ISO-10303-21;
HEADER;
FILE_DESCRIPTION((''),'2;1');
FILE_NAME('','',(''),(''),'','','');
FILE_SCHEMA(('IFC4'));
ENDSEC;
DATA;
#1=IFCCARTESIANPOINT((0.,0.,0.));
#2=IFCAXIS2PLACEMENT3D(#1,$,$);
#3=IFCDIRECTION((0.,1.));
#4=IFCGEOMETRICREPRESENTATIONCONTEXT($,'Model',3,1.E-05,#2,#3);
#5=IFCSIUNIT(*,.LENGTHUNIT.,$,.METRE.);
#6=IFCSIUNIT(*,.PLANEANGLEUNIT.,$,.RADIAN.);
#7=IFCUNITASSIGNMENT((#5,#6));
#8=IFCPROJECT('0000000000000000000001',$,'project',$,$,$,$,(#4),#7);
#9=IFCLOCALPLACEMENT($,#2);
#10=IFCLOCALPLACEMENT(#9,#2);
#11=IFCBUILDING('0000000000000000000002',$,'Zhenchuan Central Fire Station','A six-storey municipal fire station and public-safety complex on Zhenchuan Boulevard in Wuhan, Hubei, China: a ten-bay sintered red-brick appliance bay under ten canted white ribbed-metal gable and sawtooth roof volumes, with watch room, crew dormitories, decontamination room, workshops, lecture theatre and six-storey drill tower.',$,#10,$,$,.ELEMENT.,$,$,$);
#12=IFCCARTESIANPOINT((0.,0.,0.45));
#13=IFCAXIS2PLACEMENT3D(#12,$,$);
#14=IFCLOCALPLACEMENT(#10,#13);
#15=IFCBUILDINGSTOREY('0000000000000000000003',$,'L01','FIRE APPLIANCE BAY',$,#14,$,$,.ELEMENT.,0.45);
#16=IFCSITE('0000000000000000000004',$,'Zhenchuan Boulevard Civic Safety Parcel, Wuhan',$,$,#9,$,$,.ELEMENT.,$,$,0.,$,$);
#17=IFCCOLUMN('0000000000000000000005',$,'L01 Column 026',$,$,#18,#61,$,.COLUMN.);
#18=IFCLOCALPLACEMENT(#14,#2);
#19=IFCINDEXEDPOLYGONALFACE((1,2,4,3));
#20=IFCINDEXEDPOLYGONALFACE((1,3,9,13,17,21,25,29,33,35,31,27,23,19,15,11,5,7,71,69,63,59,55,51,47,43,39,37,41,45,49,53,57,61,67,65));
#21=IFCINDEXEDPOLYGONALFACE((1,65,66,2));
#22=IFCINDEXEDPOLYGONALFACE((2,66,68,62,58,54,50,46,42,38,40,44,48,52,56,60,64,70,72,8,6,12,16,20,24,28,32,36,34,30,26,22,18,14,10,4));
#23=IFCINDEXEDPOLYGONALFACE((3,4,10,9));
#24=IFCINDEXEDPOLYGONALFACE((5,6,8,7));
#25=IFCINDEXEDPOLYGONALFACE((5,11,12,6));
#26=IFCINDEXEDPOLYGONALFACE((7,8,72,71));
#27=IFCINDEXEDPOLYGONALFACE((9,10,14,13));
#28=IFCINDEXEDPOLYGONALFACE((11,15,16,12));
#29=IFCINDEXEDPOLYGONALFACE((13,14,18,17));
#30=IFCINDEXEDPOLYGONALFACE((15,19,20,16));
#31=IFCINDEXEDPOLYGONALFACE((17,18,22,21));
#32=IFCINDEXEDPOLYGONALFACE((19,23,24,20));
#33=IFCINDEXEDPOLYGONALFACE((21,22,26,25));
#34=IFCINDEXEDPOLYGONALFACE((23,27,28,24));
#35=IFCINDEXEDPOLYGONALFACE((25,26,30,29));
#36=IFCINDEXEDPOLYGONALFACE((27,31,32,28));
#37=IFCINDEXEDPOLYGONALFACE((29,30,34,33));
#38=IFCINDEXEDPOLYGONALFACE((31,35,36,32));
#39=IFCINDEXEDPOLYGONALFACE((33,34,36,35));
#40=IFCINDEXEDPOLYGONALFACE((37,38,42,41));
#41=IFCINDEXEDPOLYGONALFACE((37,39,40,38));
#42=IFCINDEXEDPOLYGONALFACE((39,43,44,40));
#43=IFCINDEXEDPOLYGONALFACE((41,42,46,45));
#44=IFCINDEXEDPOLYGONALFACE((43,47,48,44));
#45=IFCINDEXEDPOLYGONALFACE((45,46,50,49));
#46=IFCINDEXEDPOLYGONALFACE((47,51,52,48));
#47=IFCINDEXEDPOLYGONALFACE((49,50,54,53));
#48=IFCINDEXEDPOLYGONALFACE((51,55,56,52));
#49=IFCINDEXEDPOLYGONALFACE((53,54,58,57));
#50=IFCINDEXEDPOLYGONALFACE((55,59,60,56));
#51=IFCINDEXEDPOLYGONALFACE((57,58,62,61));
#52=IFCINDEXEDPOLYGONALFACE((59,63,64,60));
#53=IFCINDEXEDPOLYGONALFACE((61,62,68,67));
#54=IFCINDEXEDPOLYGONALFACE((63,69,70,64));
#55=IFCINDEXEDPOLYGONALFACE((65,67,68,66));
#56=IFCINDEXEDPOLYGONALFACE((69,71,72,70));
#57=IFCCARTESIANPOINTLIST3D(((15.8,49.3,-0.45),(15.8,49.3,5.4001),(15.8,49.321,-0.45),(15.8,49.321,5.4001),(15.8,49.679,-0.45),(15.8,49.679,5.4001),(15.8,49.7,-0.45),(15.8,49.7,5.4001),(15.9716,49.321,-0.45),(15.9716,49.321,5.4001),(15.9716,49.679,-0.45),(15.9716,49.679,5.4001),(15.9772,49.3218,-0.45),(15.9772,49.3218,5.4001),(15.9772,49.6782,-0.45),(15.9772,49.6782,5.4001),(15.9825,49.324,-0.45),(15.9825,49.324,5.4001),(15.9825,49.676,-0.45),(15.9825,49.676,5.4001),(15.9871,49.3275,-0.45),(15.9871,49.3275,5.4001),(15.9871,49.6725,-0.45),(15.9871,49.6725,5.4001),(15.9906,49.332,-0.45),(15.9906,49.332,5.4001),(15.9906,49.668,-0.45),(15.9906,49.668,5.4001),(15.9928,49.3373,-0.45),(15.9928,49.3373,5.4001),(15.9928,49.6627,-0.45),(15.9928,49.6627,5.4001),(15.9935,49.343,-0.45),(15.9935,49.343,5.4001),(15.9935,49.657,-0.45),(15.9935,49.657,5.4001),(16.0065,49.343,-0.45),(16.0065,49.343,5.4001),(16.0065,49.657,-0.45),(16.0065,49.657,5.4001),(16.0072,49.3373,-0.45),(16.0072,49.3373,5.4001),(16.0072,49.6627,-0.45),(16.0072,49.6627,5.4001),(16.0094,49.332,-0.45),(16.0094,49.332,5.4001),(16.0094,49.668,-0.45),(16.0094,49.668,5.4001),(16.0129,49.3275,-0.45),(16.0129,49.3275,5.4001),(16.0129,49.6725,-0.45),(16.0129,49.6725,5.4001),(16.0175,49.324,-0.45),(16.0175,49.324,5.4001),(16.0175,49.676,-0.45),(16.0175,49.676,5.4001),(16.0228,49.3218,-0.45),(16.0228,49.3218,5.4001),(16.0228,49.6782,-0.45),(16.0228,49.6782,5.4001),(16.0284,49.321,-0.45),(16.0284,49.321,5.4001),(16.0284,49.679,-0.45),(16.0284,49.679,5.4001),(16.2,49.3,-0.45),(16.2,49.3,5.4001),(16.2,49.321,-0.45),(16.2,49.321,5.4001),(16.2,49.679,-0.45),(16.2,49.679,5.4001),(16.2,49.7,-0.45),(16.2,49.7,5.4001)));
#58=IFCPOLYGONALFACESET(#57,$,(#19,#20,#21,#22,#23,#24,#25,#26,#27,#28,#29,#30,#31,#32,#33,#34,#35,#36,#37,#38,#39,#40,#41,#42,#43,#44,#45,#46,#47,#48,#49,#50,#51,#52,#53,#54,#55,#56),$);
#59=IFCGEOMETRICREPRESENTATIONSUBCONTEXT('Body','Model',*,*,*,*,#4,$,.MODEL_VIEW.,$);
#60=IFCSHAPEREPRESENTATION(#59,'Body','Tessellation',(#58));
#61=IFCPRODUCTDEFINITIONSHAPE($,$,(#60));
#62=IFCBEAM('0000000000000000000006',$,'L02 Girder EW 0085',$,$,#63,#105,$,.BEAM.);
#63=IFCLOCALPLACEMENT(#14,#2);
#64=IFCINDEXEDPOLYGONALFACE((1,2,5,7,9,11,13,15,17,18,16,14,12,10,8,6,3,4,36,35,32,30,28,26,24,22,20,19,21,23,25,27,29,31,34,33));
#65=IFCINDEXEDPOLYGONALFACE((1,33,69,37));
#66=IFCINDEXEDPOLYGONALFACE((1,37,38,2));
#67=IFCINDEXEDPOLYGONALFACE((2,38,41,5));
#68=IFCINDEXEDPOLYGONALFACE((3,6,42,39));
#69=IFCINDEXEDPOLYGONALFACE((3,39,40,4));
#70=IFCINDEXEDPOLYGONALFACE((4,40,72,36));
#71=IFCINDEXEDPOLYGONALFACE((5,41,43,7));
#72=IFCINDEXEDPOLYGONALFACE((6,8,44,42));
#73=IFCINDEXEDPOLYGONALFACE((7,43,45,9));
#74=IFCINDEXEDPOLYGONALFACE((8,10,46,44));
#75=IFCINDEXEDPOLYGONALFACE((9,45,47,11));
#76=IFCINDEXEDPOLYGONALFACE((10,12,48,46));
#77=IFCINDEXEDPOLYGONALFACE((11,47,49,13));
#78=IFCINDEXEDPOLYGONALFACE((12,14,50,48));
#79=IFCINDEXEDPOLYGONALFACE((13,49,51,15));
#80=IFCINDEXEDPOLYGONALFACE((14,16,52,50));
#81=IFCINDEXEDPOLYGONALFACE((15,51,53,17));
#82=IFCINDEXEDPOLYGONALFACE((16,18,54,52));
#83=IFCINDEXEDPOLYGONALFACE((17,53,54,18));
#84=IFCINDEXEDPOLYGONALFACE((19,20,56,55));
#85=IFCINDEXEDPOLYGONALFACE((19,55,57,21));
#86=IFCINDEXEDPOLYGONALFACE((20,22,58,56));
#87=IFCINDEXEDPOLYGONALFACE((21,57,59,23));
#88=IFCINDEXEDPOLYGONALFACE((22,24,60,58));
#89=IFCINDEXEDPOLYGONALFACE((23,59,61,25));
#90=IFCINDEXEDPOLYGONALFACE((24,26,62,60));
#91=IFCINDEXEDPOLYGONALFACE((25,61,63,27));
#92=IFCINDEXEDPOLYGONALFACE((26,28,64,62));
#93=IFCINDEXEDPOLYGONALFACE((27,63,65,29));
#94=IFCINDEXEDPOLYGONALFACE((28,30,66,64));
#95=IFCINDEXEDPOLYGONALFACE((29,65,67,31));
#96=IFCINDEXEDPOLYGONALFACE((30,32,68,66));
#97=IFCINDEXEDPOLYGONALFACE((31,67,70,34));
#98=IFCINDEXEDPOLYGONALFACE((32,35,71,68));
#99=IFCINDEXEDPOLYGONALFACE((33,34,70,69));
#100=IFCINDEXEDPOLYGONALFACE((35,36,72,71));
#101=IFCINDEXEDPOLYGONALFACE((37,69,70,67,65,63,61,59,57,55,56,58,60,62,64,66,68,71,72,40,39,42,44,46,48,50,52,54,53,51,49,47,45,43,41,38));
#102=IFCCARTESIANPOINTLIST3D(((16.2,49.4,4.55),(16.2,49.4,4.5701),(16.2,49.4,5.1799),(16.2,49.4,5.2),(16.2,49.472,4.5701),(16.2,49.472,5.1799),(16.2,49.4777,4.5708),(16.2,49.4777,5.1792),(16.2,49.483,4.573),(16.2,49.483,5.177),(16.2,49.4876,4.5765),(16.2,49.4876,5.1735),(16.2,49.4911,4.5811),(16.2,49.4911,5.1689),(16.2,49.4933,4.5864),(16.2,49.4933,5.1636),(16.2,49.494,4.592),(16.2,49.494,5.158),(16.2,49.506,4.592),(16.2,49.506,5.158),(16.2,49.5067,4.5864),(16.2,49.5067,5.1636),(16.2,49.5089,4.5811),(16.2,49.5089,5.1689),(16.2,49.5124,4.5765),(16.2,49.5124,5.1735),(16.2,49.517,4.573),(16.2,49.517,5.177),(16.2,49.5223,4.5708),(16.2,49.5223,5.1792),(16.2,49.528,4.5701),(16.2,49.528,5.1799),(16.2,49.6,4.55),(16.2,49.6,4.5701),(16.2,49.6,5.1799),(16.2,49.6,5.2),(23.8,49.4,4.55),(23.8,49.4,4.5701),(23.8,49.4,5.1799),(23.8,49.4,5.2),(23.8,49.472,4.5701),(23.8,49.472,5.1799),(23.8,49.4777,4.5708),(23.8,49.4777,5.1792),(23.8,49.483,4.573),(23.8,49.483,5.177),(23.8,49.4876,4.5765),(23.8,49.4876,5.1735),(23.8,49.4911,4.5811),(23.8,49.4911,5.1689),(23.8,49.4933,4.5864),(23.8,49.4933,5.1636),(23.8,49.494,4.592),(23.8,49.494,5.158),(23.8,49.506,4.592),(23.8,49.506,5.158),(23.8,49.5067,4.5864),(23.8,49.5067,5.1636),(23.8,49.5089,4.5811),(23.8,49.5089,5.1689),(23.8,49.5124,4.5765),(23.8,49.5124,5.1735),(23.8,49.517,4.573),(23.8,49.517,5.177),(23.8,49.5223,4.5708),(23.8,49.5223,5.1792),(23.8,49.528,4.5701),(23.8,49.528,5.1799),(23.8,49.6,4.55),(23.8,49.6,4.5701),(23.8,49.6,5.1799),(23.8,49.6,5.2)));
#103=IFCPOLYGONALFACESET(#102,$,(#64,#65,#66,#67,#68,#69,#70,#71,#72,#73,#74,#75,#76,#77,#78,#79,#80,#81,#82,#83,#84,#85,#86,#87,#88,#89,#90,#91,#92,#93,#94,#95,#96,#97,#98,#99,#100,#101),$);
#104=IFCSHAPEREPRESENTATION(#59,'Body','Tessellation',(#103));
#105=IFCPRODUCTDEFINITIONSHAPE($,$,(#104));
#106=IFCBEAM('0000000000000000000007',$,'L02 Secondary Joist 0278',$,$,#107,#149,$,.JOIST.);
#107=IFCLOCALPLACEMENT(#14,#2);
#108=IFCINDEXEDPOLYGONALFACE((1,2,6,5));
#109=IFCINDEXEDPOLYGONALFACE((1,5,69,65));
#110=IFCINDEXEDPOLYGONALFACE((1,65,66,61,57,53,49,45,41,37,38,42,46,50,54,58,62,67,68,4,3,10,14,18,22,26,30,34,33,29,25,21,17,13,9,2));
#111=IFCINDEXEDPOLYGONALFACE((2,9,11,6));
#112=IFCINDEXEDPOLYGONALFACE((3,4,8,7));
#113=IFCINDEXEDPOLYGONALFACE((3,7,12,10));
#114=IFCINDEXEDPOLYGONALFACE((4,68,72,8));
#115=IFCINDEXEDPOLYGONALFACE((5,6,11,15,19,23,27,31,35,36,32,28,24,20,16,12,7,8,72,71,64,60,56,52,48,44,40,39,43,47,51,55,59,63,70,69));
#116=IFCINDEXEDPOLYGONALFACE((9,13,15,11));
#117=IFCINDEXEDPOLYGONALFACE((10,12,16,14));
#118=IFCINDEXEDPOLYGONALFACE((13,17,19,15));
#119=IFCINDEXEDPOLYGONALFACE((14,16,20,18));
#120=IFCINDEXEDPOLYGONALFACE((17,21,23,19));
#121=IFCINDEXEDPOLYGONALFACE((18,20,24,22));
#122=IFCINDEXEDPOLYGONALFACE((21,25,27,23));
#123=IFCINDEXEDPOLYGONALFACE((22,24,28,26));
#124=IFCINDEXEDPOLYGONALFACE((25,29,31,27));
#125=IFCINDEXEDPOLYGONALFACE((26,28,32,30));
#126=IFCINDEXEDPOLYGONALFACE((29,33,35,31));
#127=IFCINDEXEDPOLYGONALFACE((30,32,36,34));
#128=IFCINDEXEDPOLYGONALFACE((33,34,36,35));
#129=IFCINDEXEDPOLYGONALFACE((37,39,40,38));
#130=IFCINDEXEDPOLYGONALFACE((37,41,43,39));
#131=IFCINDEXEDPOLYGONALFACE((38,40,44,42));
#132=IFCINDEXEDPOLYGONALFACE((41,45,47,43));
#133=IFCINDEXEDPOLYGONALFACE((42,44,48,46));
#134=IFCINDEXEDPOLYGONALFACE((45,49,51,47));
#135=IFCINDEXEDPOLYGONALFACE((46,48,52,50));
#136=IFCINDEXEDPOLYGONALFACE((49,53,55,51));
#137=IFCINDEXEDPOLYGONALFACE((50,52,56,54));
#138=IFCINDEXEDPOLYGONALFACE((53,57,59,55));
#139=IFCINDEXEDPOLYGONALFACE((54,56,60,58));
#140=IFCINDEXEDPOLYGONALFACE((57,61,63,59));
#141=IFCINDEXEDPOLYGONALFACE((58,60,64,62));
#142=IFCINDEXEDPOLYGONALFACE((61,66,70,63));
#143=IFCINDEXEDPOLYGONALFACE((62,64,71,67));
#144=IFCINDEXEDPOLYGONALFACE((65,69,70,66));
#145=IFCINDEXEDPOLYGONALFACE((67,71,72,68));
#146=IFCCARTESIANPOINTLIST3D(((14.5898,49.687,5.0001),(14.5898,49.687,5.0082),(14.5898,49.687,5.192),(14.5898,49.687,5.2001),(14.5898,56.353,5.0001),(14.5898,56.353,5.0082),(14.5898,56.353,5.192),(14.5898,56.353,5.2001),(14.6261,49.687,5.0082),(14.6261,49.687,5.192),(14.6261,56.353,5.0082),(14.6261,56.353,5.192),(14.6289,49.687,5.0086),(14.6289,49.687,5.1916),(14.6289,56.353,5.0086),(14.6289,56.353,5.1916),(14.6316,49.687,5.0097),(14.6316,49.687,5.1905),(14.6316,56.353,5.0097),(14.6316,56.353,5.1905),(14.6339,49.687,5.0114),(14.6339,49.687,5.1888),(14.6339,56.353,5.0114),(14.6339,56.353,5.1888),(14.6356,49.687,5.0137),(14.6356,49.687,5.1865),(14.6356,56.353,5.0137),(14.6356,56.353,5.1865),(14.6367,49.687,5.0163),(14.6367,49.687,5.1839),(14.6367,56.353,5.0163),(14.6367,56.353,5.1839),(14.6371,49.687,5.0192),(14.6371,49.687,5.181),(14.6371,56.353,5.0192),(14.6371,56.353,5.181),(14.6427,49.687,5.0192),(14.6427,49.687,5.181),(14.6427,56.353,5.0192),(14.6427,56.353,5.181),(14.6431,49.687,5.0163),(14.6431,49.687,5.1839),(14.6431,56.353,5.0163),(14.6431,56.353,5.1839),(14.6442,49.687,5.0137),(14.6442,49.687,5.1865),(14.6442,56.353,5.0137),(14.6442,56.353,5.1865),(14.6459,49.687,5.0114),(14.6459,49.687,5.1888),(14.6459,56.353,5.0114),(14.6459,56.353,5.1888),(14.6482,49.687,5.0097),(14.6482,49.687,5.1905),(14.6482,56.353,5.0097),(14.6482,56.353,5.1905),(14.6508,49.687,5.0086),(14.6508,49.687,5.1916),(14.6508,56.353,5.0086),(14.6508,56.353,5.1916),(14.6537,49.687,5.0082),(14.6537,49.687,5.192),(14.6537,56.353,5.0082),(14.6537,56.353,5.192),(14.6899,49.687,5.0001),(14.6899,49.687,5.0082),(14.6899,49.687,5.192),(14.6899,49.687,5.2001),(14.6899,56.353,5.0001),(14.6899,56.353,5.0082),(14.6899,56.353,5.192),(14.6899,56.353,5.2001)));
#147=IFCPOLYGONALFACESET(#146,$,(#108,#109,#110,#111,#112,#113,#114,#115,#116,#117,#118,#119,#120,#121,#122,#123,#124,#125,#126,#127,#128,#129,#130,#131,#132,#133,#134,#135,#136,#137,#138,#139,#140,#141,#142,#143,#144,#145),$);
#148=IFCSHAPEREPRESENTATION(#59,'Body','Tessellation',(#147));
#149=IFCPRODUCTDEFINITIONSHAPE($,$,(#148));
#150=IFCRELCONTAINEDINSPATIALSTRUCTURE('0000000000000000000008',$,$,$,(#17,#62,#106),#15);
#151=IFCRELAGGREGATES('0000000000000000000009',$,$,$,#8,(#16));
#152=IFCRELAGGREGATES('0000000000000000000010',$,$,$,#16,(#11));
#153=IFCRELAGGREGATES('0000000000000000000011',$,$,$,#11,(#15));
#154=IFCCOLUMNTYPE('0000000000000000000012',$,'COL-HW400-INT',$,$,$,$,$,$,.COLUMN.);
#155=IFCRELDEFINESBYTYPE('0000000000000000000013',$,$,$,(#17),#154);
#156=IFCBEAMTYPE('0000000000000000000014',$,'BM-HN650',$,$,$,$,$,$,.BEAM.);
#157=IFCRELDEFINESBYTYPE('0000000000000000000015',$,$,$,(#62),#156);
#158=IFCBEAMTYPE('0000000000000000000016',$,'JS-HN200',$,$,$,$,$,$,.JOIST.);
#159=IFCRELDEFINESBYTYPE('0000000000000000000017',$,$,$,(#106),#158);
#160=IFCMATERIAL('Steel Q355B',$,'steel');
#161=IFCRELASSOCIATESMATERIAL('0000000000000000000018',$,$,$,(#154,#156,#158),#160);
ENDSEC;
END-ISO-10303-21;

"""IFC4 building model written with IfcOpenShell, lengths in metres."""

from ifc_helpers import new_model, si_unit, direction, frame, origin, origin_2d, place, context, subcontext, project, spatial, i_section, extrude, material, material_profile, profile_set, type_object, element, save


model = new_model("IFC4")

# Units and contexts
model_context = context("Model", 3, precision=1e-05, world=origin(), true_north=direction((0.0, 1.0)))
body_context = subcontext(model_context, "Body", "Model", "MODEL_VIEW")
ifc_project = project(units=[si_unit("LENGTHUNIT", "METRE"), si_unit("PLANEANGLEUNIT", "RADIAN")], contexts=[model_context])

# Site, building, storey
site_placement = place(None, origin())
site = spatial("IfcSite", under=ifc_project, at=site_placement, Name="Zhenchuan Boulevard Civic Safety Parcel, Wuhan", CompositionType="ELEMENT", RefElevation=0.0)
building_placement = place(site_placement, origin())
building = spatial("IfcBuilding", under=site, at=building_placement, Name="Zhenchuan Central Fire Station", Description="A six-storey municipal fire station and public-safety complex on Zhenchuan Boulevard in Wuhan, Hubei, China: a ten-bay sintered red-brick appliance bay under ten canted white ribbed-metal gable and sawtooth roof volumes, with watch room, crew dormitories, decontamination room, workshops, lecture theatre and six-storey drill tower.", CompositionType="ELEMENT")
storey_placement = place(building_placement, frame((0.0, 0.0, 0.45)))
storey = spatial("IfcBuildingStorey", under=building, at=storey_placement, Name="L01", Description="FIRE APPLIANCE BAY", CompositionType="ELEMENT", Elevation=0.45)

# Column
ifc_material_1 = material(Name="Steel Q355B", Category="steel")
ifc_material_profile_1 = material_profile(ifc_material_1, i_section(OverallWidth=0.3999, OverallDepth=0.3999, WebThickness=0.0129, FlangeThickness=0.021, FilletRadius=0.022, at=origin_2d()), Name="HW 400x400")
ifc_profile_set_1 = profile_set([ifc_material_profile_1], Name="Steel Q355B")
column_type = type_object("IfcColumnType", Name="COL-HW400-INT", PredefinedType="COLUMN", material=ifc_profile_set_1)
column_placement = place(storey_placement, frame((16.0, 49.5, -0.45), z_axis=(0.0, 0.0, 1.0), x_axis=(1.0, 0.0, 0.0)))
element("IfcColumn", 1, at=column_placement, inside=storey, type_object=column_type, Name="L01 Column 026", PredefinedType="COLUMN", context=body_context, shape_type="SweptSolid", body=[
    extrude(i_section(OverallWidth=0.3999, OverallDepth=0.3999, WebThickness=0.0129, FlangeThickness=0.021, FilletRadius=0.022, at=origin_2d()), origin(), (0.0, 0.0, 1.0), 5.8501),
])

# Beams
ifc_material_profile_2 = material_profile(ifc_material_1, i_section(OverallWidth=0.2, OverallDepth=0.6499, WebThickness=0.012, FlangeThickness=0.02, FilletRadius=0.022, at=origin_2d()), Name="HN 650x200")
ifc_profile_set_2 = profile_set([ifc_material_profile_2], Name="Steel Q355B")
beam_type_1 = type_object("IfcBeamType", Name="BM-HN650", PredefinedType="BEAM", material=ifc_profile_set_2)
beam_1_placement = place(storey_placement, frame((16.2, 49.5, 4.875), z_axis=(1.0, 0.0, 0.0), x_axis=(0.0, 1.0, 0.0)))
element("IfcBeam", 2, at=beam_1_placement, inside=storey, type_object=beam_type_1, Name="L02 Girder EW 0085", PredefinedType="BEAM", context=body_context, shape_type="SweptSolid", body=[
    extrude(i_section(OverallWidth=0.2, OverallDepth=0.6499, WebThickness=0.012, FlangeThickness=0.02, FilletRadius=0.022, at=origin_2d()), origin(), (0.0, 0.0, 1.0), 7.6001),
])
ifc_material_profile_3 = material_profile(ifc_material_1, i_section(OverallWidth=0.1001, OverallDepth=0.2, WebThickness=0.0056, FlangeThickness=0.0081, FilletRadius=0.011, at=origin_2d()), Name="HN 200x100")
ifc_profile_set_3 = profile_set([ifc_material_profile_3], Name="Steel Q355B")
beam_type_2 = type_object("IfcBeamType", Name="JS-HN200", PredefinedType="JOIST", material=ifc_profile_set_3)
beam_2_placement = place(storey_placement, frame((14.6399, 49.687, 5.1001), z_axis=(0.0, 1.0, 0.0), x_axis=(-1.0, 0.0, 0.0)))
element("IfcBeam", 3, at=beam_2_placement, inside=storey, type_object=beam_type_2, Name="L02 Secondary Joist 0278", PredefinedType="JOIST", context=body_context, shape_type="SweptSolid", body=[
    extrude(i_section(OverallWidth=0.1001, OverallDepth=0.2, WebThickness=0.0056, FlangeThickness=0.0081, FilletRadius=0.011, at=origin_2d()), origin(), (0.0, 0.0, 1.0), 6.666),
])

save(model, "model.ifc")
